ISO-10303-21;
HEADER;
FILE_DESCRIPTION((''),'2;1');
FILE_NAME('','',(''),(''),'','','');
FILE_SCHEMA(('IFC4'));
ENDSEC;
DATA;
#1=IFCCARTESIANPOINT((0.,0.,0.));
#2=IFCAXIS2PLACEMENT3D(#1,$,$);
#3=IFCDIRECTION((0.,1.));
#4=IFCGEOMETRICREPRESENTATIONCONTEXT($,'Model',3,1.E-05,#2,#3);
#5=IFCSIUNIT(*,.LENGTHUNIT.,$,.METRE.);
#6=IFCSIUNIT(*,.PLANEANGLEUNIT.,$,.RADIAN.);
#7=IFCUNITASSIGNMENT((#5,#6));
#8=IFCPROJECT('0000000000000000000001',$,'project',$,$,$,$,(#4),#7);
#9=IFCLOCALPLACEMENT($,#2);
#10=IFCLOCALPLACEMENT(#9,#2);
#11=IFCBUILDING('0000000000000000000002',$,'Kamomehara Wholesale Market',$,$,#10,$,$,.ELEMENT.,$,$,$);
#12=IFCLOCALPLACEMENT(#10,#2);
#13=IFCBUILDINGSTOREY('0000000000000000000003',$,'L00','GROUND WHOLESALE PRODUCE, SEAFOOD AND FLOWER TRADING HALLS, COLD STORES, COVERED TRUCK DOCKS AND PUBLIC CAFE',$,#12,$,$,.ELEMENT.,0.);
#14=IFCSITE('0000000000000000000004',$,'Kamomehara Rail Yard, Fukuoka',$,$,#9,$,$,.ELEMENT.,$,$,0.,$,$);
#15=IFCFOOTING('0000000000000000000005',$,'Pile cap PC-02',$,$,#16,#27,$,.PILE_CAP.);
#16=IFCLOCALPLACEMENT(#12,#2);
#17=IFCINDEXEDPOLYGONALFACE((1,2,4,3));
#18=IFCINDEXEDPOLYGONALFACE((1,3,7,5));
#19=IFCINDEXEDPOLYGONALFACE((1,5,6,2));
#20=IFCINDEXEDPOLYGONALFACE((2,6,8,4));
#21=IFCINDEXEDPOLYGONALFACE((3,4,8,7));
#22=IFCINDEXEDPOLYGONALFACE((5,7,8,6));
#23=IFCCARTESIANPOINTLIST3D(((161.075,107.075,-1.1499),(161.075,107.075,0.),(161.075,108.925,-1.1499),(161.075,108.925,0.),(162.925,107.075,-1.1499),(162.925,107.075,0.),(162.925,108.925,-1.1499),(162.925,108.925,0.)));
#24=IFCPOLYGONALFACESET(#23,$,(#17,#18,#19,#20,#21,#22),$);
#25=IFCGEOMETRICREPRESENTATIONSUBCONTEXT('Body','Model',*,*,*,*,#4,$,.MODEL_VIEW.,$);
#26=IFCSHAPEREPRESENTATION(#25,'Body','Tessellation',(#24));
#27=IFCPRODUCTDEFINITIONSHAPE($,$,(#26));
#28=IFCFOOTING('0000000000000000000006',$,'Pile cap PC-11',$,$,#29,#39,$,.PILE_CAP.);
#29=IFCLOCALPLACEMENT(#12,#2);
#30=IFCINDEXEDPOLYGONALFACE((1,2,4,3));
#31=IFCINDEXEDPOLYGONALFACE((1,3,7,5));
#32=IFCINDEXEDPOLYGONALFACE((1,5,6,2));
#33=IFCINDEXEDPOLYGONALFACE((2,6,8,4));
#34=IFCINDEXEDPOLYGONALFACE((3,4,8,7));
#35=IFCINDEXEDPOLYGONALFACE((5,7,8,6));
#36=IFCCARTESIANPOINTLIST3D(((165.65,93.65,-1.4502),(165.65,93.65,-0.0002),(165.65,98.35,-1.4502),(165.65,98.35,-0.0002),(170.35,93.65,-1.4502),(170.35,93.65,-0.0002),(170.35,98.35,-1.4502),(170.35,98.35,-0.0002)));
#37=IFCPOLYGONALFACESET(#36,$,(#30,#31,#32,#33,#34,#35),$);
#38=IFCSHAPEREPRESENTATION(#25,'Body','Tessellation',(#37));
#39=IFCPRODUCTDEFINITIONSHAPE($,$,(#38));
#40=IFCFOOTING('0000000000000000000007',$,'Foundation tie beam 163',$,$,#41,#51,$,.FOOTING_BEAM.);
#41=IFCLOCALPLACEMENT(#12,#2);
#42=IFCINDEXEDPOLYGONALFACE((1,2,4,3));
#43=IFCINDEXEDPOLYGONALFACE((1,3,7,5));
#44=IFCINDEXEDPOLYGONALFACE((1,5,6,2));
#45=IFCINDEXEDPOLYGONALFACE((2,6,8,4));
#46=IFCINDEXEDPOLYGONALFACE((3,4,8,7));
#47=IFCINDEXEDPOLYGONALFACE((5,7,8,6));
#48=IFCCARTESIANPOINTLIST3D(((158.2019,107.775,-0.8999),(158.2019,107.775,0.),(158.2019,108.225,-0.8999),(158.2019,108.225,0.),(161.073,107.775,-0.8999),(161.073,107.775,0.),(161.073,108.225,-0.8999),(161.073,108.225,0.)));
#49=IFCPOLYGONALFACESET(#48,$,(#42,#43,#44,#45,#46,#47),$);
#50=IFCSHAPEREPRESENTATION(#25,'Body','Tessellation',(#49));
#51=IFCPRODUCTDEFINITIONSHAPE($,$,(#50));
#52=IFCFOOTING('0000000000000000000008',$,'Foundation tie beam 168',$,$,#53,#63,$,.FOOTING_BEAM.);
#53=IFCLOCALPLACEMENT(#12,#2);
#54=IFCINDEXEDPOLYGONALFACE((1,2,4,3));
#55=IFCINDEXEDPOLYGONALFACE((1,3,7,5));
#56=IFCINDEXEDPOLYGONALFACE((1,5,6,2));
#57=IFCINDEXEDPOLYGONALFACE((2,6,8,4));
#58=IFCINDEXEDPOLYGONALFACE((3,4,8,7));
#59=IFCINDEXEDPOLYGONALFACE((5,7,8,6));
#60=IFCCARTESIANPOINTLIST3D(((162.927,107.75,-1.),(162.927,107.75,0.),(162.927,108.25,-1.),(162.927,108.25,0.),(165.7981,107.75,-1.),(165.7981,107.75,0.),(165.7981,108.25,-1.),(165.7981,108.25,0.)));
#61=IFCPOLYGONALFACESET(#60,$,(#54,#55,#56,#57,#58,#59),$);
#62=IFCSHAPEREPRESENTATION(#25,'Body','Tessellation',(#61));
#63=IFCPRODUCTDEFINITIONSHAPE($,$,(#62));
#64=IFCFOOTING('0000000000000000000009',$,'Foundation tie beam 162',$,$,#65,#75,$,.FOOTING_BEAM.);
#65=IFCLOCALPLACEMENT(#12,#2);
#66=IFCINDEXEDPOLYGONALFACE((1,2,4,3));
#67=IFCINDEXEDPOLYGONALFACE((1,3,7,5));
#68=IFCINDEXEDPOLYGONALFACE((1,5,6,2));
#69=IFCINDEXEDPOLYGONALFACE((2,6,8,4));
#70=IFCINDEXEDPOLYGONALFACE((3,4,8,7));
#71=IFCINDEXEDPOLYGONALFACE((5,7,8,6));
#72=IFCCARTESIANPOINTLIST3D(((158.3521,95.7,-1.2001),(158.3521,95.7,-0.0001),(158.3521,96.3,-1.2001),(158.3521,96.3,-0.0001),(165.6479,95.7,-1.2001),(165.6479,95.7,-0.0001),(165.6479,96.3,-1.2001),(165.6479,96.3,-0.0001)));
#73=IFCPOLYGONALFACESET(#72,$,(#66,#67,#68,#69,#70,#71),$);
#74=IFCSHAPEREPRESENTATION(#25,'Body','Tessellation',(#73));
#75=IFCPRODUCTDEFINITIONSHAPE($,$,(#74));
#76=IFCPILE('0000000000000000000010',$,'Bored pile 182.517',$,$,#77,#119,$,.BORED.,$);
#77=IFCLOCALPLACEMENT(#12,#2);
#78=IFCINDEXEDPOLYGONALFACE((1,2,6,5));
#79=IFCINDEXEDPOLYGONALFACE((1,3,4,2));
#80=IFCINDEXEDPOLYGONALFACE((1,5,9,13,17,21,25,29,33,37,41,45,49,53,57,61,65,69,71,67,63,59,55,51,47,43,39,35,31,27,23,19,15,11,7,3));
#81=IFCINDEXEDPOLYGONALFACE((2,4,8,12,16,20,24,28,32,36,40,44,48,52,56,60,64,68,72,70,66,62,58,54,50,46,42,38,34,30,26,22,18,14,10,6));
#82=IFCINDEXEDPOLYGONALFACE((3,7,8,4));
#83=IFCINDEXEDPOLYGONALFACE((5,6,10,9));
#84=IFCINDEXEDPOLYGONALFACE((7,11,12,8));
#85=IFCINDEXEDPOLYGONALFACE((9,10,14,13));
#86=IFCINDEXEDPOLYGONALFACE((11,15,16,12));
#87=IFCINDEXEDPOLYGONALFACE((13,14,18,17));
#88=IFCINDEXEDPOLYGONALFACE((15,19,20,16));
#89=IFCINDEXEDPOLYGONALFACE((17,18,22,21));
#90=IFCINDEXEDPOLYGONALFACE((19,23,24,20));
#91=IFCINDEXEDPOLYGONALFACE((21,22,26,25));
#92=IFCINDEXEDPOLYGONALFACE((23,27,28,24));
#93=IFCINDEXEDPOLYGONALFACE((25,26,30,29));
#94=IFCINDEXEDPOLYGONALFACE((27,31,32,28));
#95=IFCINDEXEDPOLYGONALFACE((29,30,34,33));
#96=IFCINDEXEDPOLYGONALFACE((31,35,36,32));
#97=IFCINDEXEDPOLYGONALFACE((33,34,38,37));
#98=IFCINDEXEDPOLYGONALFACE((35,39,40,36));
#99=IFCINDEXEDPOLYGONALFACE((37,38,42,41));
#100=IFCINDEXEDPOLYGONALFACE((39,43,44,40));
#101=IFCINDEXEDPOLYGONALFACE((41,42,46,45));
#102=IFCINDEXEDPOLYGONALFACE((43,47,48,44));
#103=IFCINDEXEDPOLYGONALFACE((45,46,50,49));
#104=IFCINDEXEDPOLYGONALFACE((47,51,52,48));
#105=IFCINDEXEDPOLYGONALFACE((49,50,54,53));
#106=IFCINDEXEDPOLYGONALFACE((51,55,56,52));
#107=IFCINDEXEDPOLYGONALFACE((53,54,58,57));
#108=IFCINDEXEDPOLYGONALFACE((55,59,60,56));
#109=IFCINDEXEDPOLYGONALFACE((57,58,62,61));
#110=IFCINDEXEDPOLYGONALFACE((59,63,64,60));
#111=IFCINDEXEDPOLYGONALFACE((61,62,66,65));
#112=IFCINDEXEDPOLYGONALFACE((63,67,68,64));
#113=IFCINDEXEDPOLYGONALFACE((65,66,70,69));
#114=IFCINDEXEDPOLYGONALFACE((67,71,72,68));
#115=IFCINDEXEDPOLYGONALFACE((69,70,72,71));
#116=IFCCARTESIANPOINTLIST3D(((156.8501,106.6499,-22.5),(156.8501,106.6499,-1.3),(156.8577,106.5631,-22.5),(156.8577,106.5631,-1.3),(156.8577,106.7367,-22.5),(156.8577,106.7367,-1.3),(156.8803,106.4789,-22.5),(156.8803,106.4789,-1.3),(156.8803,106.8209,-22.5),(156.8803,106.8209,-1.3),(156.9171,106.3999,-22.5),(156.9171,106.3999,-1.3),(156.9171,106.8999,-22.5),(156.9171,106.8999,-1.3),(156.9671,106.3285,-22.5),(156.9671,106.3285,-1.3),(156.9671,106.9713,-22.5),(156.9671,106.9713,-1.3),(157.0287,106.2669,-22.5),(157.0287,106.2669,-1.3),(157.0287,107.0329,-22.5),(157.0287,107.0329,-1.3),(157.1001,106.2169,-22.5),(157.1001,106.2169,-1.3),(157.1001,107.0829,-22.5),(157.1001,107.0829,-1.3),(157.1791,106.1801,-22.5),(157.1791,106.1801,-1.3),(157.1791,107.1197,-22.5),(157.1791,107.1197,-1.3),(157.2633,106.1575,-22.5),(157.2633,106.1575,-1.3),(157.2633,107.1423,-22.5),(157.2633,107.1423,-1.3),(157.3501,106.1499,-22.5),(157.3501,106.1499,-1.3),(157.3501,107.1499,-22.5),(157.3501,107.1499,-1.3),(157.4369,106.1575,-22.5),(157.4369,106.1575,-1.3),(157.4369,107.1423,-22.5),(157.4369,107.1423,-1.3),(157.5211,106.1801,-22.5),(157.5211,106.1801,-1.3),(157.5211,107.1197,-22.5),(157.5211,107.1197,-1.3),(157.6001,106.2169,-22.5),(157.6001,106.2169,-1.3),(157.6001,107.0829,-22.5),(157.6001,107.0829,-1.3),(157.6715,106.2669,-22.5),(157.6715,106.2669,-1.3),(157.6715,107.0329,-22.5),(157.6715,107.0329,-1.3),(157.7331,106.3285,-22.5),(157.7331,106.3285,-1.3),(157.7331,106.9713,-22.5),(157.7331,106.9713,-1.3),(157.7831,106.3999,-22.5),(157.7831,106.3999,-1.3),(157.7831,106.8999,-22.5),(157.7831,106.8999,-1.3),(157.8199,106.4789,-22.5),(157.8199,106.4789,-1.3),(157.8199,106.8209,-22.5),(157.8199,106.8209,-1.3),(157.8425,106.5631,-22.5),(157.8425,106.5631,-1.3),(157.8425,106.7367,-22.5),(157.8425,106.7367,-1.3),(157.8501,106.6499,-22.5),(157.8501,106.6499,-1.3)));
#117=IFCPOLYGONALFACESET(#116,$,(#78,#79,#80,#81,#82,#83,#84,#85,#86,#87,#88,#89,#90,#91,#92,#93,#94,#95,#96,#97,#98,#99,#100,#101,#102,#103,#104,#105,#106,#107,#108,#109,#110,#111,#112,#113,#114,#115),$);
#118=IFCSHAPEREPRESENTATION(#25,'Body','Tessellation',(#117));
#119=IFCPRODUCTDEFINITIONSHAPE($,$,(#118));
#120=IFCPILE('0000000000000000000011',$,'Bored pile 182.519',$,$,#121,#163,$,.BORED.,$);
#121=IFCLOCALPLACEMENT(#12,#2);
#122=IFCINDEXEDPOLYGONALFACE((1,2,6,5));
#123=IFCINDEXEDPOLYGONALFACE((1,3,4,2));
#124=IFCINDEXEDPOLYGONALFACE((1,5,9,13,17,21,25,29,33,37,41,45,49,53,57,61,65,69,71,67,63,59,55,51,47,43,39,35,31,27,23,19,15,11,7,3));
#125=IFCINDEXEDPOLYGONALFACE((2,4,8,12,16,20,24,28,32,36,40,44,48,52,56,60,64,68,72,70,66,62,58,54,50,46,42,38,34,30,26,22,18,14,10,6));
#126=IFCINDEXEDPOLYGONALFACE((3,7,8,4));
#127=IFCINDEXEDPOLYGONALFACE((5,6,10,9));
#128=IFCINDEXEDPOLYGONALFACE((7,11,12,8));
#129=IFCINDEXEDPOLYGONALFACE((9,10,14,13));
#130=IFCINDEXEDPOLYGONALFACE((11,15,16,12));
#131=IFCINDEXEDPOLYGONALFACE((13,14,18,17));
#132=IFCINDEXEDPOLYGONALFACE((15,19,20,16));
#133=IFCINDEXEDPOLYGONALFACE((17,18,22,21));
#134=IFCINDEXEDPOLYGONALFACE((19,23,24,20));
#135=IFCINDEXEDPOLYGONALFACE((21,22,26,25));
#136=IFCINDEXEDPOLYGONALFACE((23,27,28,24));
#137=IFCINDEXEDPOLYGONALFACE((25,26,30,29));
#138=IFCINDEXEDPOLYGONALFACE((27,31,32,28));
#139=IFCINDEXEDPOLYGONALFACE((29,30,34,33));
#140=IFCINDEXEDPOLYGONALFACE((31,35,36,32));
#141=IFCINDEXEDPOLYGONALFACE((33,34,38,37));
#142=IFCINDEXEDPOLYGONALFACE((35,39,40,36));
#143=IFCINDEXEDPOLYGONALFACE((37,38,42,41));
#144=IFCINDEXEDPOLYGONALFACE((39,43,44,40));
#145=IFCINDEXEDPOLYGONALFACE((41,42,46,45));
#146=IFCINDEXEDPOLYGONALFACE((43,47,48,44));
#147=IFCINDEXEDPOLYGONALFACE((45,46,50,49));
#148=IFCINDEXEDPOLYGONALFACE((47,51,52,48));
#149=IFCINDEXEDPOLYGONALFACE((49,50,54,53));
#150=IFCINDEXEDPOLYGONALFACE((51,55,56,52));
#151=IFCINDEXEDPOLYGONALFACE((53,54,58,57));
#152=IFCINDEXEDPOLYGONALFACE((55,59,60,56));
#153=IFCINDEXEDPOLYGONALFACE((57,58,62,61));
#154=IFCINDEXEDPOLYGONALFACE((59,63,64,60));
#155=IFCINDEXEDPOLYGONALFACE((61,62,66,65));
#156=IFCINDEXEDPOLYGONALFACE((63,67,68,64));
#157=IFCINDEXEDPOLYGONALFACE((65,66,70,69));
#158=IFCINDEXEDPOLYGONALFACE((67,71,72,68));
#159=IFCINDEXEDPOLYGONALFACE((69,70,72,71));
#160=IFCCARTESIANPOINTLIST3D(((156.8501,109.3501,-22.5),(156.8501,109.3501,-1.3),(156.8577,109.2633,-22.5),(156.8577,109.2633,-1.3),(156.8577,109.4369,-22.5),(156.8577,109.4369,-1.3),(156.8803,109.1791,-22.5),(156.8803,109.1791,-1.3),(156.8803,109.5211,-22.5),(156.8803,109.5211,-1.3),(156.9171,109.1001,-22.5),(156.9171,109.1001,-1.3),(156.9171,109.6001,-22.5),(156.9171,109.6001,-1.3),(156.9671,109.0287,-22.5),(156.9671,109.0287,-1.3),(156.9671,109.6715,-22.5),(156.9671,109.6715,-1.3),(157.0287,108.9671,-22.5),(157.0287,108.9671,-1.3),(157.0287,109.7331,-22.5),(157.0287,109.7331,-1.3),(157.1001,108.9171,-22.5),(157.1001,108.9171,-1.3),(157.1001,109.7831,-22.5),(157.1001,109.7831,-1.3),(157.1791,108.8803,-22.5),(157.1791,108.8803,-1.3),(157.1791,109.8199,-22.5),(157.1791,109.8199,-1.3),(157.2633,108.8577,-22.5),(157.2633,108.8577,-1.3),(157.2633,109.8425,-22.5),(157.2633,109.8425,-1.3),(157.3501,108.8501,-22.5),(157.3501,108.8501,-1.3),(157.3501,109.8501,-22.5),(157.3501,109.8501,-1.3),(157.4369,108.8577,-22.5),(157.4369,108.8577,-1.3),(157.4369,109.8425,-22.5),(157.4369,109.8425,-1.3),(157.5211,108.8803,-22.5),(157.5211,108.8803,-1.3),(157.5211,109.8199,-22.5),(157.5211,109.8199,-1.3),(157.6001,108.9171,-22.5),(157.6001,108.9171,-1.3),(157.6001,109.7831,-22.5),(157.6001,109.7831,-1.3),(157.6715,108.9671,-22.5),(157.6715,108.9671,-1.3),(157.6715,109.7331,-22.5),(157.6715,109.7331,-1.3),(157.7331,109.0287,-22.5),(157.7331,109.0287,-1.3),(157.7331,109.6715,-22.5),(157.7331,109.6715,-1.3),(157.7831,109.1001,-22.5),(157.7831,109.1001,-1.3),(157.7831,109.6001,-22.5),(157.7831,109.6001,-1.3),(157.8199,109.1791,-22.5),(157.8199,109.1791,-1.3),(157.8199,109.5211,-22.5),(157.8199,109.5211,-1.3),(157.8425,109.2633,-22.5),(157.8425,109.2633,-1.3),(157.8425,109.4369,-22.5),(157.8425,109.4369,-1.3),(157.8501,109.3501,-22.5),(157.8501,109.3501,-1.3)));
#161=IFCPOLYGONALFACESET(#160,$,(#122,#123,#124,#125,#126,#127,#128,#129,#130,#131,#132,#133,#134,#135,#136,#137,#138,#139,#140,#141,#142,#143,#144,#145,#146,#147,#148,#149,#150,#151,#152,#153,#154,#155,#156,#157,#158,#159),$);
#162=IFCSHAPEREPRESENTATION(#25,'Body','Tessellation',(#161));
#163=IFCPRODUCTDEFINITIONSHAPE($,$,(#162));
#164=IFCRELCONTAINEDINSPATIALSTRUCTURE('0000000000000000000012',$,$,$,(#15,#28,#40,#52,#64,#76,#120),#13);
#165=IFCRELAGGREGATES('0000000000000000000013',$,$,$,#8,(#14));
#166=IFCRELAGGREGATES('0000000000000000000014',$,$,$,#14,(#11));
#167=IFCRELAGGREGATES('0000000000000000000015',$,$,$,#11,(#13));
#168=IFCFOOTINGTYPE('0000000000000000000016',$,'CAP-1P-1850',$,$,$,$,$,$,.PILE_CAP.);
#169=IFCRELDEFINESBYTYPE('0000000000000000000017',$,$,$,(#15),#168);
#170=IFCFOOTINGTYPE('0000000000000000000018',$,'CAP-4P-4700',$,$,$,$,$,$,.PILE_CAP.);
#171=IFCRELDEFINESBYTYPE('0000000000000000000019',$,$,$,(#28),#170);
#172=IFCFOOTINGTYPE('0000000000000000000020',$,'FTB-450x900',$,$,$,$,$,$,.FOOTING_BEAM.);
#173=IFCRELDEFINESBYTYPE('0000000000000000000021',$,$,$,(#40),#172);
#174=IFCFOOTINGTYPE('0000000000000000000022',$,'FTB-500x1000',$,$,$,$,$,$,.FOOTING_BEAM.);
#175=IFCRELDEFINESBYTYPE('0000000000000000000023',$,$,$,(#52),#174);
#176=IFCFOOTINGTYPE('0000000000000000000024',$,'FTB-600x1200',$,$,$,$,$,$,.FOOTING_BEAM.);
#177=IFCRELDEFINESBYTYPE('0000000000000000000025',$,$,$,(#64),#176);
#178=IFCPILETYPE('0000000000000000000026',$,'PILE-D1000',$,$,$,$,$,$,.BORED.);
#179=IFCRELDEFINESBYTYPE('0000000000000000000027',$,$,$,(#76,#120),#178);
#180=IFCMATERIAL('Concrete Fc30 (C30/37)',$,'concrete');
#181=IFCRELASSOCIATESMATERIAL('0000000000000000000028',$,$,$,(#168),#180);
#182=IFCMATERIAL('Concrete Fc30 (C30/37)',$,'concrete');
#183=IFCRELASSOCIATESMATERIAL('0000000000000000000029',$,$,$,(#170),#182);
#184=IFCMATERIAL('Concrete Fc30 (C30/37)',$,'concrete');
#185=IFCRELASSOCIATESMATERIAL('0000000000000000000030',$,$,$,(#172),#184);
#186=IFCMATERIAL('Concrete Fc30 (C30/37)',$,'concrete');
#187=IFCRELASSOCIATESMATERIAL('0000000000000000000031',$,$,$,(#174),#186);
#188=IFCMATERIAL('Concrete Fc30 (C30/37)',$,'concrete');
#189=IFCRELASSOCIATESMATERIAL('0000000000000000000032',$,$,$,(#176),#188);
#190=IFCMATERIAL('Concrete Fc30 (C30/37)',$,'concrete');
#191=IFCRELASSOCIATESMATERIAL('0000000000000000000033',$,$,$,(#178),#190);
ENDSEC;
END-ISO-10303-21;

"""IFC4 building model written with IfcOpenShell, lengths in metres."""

from ifc_helpers import new_model, si_unit, direction, frame, origin, origin_2d, place, context, subcontext, project, spatial, rectangle, circle, extrude, material, material_profile, profile_set, type_object, element, save


model = new_model("IFC4")

# Units and contexts
model_context = context("Model", 3, precision=1e-05, world=origin(), true_north=direction((0.0, 1.0)))
body_context = subcontext(model_context, "Body", "Model", "MODEL_VIEW")
ifc_project = project(units=[si_unit("LENGTHUNIT", "METRE"), si_unit("PLANEANGLEUNIT", "RADIAN")], contexts=[model_context])

# Site, building, storey
site_placement = place(None, origin())
site = spatial("IfcSite", under=ifc_project, at=site_placement, Name="Kamomehara Rail Yard, Fukuoka", CompositionType="ELEMENT", RefElevation=0.0)
building_placement = place(site_placement, origin())
building = spatial("IfcBuilding", under=site, at=building_placement, Name="Kamomehara Wholesale Market", CompositionType="ELEMENT")
storey_placement = place(building_placement, origin())
storey = spatial("IfcBuildingStorey", under=building, at=storey_placement, Name="L00", Description="GROUND WHOLESALE PRODUCE, SEAFOOD AND FLOWER TRADING HALLS, COLD STORES, COVERED TRUCK DOCKS AND PUBLIC CAFE", CompositionType="ELEMENT", Elevation=0.0)

# Footings
ifc_material_1 = material(Name="Concrete Fc30 (C30/37)", Category="concrete")
footing_type_1 = type_object("IfcFootingType", Name="CAP-1P-1850", PredefinedType="PILE_CAP", material=ifc_material_1)
footing_1_placement = place(storey_placement, frame((162.0, 108.0, -1.1499), z_axis=(0.0, 0.0, 1.0), x_axis=(1.0, 0.0, 0.0)))
element("IfcFooting", 1, at=footing_1_placement, inside=storey, type_object=footing_type_1, Name="Pile cap PC-02", PredefinedType="PILE_CAP", context=body_context, shape_type="SweptSolid", body=[
    extrude(rectangle(XDim=1.8501, YDim=1.8501, at=origin_2d()), origin(), (0.0, 0.0, 1.0), 1.1499),
])
ifc_material_2 = material(Name="Concrete Fc30 (C30/37)", Category="concrete")
footing_type_2 = type_object("IfcFootingType", Name="CAP-4P-4700", PredefinedType="PILE_CAP", material=ifc_material_2)
footing_2_placement = place(storey_placement, frame((168.0, 96.0, -1.4502), z_axis=(0.0, 0.0, 1.0), x_axis=(1.0, 0.0, 0.0)))
element("IfcFooting", 2, at=footing_2_placement, inside=storey, type_object=footing_type_2, Name="Pile cap PC-11", PredefinedType="PILE_CAP", context=body_context, shape_type="SweptSolid", body=[
    extrude(rectangle(XDim=4.7, YDim=4.7, at=origin_2d()), origin(), (0.0, 0.0, 1.0), 1.45),
])
ifc_material_3 = material(Name="Concrete Fc30 (C30/37)", Category="concrete")
ifc_material_profile_1 = material_profile(ifc_material_3, rectangle(XDim=0.45, YDim=0.8999, at=origin_2d()), Name="RC-FTB-450x900")
ifc_profile_set_1 = profile_set([ifc_material_profile_1], Name="Concrete Fc30 (C30/37)")
footing_type_3 = type_object("IfcFootingType", Name="FTB-450x900", PredefinedType="FOOTING_BEAM", material=ifc_profile_set_1)
footing_3_placement = place(storey_placement, frame((158.2019, 108.0, -0.45), z_axis=(1.0, 0.0, 0.0), x_axis=(0.0, 1.0, 0.0)))
element("IfcFooting", 3, at=footing_3_placement, inside=storey, type_object=footing_type_3, Name="Foundation tie beam 163", PredefinedType="FOOTING_BEAM", context=body_context, shape_type="SweptSolid", body=[
    extrude(rectangle(XDim=0.45, YDim=0.8999, at=origin_2d()), origin(), (0.0, 0.0, 1.0), 2.8711),
])
ifc_material_4 = material(Name="Concrete Fc30 (C30/37)", Category="concrete")
ifc_material_profile_2 = material_profile(ifc_material_4, rectangle(XDim=0.5, YDim=1.0, at=origin_2d()), Name="RC-FTB-500x1000")
ifc_profile_set_2 = profile_set([ifc_material_profile_2], Name="Concrete Fc30 (C30/37)")
footing_type_4 = type_object("IfcFootingType", Name="FTB-500x1000", PredefinedType="FOOTING_BEAM", material=ifc_profile_set_2)
footing_4_placement = place(storey_placement, frame((162.927, 108.0, -0.5), z_axis=(1.0, 0.0, 0.0), x_axis=(0.0, 1.0, 0.0)))
element("IfcFooting", 4, at=footing_4_placement, inside=storey, type_object=footing_type_4, Name="Foundation tie beam 168", PredefinedType="FOOTING_BEAM", context=body_context, shape_type="SweptSolid", body=[
    extrude(rectangle(XDim=0.5, YDim=1.0, at=origin_2d()), origin(), (0.0, 0.0, 1.0), 2.8711),
])
ifc_material_5 = material(Name="Concrete Fc30 (C30/37)", Category="concrete")
ifc_material_profile_3 = material_profile(ifc_material_5, rectangle(XDim=0.6001, YDim=1.2, at=origin_2d()), Name="RC-FTB-600x1200")
ifc_profile_set_3 = profile_set([ifc_material_profile_3], Name="Concrete Fc30 (C30/37)")
footing_type_5 = type_object("IfcFootingType", Name="FTB-600x1200", PredefinedType="FOOTING_BEAM", material=ifc_profile_set_3)
footing_5_placement = place(storey_placement, frame((158.3521, 96.0, -0.6001), z_axis=(1.0, 0.0, 0.0), x_axis=(0.0, 1.0, 0.0)))
element("IfcFooting", 5, at=footing_5_placement, inside=storey, type_object=footing_type_5, Name="Foundation tie beam 162", PredefinedType="FOOTING_BEAM", context=body_context, shape_type="SweptSolid", body=[
    extrude(rectangle(XDim=0.6001, YDim=1.2, at=origin_2d()), origin(), (0.0, 0.0, 1.0), 7.2959),
])

# Piles
ifc_material_6 = material(Name="Concrete Fc30 (C30/37)", Category="concrete")
ifc_material_profile_4 = material_profile(ifc_material_6, circle(Radius=0.5, at=origin_2d()), Name="RC-PILE-D1000")
ifc_profile_set_4 = profile_set([ifc_material_profile_4], Name="Concrete Fc30 (C30/37)")
pile_type_1 = type_object("IfcPileType", Name="PILE-D1000", PredefinedType="BORED", material=ifc_profile_set_4)
for number, where, z_axis, x_axis, name in (
    (6, (157.3501, 106.6499, -1.3), (0.0, 0.0, -1.0), (1.0, 0.0, 0.0), "Bored pile 182.517"),
    (7, (157.3501, 109.3501, -1.3), (0.0, 0.0, -1.0), (1.0, 0.0, 0.0), "Bored pile 182.519"),
):
    element("IfcPile", number, at=place(storey_placement, frame(where, z_axis=z_axis, x_axis=x_axis)), inside=storey, type_object=pile_type_1, Name=name, PredefinedType="BORED", context=body_context, shape_type="SweptSolid", body=[
        extrude(circle(Radius=0.5, at=origin_2d()), origin(), (0.0, 0.0, 1.0), 21.2),
    ])

save(model, "model.ifc")
